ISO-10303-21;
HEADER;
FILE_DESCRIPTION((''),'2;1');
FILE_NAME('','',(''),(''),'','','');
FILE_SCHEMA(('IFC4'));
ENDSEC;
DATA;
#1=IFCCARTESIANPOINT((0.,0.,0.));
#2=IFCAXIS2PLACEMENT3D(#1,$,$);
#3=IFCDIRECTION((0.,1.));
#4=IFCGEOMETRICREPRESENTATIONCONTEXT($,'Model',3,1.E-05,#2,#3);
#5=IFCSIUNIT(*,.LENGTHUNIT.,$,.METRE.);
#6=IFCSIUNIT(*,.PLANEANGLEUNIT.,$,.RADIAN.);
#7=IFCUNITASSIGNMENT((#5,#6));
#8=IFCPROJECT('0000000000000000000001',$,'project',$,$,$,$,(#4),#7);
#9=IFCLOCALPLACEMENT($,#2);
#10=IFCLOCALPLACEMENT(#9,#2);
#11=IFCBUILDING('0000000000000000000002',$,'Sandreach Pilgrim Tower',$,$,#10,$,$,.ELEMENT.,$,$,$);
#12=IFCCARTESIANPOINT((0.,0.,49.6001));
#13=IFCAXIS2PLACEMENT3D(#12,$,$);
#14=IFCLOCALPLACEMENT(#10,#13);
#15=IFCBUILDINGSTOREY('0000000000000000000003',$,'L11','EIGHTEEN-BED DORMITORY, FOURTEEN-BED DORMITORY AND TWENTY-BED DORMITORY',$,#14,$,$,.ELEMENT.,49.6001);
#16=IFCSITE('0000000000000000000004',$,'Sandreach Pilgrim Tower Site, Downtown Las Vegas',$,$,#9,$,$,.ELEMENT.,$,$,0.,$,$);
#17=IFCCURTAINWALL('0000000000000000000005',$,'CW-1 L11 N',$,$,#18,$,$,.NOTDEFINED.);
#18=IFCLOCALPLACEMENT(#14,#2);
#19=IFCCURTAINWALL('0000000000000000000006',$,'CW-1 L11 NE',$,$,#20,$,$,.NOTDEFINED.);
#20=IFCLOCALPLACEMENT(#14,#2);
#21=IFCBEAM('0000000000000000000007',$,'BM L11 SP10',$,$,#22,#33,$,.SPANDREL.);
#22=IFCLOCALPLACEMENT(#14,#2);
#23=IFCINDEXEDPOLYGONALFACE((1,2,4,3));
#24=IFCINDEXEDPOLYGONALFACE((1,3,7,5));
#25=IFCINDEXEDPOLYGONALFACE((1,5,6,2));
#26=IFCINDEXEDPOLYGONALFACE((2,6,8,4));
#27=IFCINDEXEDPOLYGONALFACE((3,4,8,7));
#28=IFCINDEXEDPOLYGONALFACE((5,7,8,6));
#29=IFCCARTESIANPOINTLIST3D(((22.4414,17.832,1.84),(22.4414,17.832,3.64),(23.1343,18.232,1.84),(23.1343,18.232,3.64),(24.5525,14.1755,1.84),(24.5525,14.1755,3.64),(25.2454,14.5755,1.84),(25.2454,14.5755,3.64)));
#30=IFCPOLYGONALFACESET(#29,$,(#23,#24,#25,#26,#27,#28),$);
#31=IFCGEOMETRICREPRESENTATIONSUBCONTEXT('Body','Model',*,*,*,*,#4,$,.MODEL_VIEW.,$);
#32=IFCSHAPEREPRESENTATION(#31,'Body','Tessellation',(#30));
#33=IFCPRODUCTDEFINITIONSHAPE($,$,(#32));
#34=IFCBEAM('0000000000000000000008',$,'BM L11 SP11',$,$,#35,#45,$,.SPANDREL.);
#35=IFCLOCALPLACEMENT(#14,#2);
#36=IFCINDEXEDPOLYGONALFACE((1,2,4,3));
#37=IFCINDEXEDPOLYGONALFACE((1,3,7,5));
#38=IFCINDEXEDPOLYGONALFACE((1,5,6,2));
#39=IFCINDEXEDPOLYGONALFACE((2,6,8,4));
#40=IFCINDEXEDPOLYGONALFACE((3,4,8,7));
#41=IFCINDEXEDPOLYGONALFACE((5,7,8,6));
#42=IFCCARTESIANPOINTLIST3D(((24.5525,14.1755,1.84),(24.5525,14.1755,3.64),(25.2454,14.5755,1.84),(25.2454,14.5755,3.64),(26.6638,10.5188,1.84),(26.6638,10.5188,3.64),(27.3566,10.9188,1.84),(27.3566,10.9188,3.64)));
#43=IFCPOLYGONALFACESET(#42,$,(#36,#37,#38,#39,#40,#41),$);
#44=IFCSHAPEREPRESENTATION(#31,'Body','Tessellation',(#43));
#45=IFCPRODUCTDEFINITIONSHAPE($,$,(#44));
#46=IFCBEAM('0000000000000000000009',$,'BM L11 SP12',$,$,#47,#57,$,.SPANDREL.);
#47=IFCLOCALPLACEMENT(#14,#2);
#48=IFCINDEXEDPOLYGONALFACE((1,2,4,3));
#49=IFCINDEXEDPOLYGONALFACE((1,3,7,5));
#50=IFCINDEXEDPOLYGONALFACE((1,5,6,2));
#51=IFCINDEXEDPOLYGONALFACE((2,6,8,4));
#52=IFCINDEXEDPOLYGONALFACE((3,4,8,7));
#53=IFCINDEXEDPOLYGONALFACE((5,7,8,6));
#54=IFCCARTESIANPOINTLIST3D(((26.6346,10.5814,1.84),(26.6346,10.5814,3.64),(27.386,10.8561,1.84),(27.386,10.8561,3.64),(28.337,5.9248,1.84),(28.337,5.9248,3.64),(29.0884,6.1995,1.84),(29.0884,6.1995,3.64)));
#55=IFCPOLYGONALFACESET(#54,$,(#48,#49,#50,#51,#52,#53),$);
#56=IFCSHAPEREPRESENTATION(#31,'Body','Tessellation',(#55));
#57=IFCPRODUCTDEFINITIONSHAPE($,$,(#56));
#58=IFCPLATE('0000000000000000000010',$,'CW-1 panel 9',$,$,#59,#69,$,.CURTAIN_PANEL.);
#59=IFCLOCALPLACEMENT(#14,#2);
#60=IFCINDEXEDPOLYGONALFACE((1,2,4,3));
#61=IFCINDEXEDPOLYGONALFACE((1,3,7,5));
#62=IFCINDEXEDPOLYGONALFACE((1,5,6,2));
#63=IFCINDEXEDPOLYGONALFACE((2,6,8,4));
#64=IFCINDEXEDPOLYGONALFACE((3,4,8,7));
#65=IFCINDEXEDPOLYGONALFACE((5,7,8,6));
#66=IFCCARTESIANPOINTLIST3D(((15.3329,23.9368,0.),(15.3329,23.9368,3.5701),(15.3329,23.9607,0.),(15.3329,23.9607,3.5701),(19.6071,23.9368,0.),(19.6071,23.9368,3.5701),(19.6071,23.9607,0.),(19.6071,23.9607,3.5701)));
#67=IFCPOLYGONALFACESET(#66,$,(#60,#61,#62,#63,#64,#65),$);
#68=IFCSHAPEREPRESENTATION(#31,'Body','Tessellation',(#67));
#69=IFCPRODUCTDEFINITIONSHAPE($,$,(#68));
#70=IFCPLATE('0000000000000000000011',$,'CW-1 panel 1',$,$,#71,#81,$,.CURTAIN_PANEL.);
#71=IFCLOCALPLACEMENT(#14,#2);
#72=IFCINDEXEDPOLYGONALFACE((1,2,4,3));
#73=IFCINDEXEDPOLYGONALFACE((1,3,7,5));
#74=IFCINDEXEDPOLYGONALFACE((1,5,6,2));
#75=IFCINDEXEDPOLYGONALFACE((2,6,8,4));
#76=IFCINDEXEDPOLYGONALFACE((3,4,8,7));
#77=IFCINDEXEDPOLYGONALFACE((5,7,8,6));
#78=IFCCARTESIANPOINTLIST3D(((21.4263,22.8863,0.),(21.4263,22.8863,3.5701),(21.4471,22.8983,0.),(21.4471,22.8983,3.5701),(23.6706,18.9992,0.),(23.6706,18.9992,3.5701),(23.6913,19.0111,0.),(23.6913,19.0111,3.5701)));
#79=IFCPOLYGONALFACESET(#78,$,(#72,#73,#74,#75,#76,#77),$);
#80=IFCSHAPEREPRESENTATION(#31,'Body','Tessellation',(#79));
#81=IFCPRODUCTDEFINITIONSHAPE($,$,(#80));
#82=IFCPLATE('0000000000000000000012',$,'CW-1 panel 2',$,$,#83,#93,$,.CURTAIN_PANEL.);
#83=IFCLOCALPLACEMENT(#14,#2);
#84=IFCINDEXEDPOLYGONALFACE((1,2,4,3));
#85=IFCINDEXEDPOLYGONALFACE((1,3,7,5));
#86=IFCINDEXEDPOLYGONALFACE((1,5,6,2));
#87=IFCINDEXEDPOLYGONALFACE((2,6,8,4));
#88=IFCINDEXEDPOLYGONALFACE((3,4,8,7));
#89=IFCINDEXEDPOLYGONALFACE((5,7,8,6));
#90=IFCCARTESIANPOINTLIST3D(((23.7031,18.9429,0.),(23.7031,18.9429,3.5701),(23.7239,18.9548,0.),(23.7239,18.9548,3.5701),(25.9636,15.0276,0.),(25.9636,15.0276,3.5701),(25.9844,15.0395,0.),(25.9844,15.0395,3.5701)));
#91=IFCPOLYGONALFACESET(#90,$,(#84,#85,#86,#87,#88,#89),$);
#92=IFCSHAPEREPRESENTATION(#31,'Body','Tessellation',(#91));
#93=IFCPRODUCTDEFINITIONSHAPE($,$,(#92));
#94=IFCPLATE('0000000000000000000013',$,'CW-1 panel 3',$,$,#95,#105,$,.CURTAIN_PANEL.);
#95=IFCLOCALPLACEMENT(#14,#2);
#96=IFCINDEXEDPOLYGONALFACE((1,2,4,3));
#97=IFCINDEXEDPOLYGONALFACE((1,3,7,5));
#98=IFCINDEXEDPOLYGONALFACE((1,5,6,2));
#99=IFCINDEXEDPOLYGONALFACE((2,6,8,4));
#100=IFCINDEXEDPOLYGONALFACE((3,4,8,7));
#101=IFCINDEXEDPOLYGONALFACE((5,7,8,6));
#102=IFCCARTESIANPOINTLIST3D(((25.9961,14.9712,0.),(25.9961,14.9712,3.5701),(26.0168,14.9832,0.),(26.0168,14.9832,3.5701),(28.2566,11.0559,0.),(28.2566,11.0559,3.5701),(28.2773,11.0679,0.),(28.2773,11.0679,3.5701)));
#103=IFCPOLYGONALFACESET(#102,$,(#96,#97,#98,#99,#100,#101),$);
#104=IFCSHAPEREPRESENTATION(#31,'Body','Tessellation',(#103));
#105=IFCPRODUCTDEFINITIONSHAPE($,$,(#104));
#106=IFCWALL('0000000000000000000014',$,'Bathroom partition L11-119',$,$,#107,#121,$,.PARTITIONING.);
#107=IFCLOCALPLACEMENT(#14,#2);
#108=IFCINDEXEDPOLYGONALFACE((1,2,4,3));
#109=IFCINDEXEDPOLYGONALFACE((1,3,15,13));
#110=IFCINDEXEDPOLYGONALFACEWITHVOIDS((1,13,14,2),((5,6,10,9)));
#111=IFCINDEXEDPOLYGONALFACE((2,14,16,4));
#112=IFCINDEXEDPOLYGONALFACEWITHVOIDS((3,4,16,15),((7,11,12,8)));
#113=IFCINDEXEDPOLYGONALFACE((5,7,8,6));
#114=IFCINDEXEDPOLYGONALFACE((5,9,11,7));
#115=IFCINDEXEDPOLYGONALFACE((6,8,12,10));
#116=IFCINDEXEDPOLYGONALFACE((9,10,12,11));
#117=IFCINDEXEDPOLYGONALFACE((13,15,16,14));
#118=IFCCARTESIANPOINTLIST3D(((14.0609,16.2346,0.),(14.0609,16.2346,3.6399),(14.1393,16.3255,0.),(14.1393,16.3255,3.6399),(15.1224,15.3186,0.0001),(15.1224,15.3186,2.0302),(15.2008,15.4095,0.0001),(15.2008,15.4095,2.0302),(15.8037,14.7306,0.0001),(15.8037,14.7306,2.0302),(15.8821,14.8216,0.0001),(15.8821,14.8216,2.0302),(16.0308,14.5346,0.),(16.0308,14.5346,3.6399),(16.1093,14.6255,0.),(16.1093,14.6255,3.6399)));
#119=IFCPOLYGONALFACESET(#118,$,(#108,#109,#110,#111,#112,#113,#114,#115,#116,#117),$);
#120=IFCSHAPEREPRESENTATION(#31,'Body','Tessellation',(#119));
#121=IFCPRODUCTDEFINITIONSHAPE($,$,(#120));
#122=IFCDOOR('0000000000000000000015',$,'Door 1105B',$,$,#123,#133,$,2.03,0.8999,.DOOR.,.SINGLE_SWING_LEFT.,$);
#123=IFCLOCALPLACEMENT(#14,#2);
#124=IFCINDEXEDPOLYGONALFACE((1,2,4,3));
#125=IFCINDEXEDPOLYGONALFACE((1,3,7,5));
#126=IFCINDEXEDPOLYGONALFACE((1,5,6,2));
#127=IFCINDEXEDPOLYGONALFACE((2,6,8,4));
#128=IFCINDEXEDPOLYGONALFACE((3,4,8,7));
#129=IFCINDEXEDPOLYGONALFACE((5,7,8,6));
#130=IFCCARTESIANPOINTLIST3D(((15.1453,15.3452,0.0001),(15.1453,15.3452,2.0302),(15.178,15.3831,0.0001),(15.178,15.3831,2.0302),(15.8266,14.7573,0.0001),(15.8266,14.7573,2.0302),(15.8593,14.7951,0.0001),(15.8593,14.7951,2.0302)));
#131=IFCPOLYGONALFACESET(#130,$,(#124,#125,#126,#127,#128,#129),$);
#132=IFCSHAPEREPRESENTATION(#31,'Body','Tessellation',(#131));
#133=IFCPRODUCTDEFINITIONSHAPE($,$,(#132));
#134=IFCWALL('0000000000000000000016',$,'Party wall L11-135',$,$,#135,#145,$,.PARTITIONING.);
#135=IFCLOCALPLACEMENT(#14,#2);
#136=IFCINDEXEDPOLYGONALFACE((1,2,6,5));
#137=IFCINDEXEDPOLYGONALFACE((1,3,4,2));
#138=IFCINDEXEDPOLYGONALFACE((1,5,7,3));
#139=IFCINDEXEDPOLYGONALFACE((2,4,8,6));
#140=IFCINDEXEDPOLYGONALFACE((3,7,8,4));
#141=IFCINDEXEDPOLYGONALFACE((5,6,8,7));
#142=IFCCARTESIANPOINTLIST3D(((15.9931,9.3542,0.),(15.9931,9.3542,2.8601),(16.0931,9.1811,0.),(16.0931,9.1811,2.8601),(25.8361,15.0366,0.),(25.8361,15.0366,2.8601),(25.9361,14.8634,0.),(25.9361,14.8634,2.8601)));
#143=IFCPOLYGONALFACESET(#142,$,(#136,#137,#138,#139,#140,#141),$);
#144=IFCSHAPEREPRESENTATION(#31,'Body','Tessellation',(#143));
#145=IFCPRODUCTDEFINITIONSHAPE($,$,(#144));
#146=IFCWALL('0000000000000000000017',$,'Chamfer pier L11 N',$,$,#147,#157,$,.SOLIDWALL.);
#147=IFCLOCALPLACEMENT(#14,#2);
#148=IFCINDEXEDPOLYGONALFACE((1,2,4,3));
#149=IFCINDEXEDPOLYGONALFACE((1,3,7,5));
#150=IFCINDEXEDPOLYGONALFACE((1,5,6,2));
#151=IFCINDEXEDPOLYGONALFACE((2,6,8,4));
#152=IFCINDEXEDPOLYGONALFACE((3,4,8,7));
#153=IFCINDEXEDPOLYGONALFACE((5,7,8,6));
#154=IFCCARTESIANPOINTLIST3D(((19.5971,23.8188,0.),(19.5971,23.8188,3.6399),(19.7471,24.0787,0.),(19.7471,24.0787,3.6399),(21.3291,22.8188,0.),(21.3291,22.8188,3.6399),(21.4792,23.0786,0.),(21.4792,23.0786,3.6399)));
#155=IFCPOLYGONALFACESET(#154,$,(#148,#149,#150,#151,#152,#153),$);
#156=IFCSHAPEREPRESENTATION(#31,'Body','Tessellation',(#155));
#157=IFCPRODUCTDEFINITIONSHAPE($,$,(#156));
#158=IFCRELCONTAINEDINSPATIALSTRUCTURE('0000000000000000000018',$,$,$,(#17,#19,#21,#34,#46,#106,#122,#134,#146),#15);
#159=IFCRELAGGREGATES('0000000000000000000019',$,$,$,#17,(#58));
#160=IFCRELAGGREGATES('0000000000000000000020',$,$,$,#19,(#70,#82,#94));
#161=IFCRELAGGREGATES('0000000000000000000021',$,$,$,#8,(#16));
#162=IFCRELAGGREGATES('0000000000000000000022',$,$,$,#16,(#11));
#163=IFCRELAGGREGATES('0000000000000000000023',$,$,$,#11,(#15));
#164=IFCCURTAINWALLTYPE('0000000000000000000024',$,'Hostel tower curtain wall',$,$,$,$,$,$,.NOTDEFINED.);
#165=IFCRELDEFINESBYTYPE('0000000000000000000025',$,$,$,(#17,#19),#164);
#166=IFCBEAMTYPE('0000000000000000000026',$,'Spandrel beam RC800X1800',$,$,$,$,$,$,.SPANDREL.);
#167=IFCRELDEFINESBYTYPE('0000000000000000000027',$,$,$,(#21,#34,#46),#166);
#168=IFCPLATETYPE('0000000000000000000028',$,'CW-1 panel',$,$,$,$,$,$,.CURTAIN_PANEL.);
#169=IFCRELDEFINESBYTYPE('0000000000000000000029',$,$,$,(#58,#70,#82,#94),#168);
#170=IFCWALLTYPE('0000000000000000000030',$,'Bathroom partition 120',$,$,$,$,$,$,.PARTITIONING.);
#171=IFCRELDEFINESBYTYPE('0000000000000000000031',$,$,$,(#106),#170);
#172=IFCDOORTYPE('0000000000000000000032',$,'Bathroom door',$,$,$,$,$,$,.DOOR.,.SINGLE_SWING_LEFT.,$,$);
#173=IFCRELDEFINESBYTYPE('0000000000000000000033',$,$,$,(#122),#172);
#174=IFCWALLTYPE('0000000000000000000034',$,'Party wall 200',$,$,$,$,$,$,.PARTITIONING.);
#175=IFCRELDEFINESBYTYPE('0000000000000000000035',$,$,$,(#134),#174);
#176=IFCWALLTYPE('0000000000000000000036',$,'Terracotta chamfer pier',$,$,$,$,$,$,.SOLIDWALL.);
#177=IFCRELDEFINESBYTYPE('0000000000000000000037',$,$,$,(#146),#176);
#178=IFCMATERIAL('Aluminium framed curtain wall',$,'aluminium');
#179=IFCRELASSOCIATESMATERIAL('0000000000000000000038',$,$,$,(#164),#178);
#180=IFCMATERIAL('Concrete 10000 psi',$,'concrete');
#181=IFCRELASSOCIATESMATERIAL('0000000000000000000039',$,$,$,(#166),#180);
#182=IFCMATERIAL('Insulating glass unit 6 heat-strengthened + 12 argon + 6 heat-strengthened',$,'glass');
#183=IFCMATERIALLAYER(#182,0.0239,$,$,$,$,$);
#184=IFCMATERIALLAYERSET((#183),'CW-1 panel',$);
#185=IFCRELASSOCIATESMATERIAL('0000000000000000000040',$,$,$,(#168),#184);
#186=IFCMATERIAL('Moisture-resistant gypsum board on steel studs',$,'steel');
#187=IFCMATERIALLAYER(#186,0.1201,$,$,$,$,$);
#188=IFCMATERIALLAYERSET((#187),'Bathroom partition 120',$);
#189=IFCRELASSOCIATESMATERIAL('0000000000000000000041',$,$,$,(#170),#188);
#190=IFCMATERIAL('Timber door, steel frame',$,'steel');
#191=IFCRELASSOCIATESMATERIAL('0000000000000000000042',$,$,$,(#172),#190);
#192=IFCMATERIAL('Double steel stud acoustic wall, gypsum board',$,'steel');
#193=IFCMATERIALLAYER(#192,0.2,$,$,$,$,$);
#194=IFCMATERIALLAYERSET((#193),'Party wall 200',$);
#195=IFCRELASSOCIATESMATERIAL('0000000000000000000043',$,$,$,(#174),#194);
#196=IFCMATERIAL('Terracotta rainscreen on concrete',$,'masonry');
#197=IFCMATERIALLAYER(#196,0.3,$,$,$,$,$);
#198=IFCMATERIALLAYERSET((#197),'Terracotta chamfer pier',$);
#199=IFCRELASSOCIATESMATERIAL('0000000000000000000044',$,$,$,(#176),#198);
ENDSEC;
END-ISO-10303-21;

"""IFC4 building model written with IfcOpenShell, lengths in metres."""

from ifc_helpers import new_model, si_unit, direction, frame, frame_2d, origin, origin_2d, place, context, subcontext, project, spatial, rectangle, extrude, material, layer, layer_set, material_profile, profile_set, type_object, element, fill, aggregate, save


model = new_model("IFC4")

# Units and contexts
model_context = context("Model", 3, precision=1e-05, world=origin(), true_north=direction((0.0, 1.0)))
body_context = subcontext(model_context, "Body", "Model", "MODEL_VIEW")
ifc_project = project(units=[si_unit("LENGTHUNIT", "METRE"), si_unit("PLANEANGLEUNIT", "RADIAN")], contexts=[model_context])

# Site, building, storey
site_placement = place(None, origin())
site = spatial("IfcSite", under=ifc_project, at=site_placement, Name="Sandreach Pilgrim Tower Site, Downtown Las Vegas", CompositionType="ELEMENT", RefElevation=0.0)
building_placement = place(site_placement, origin())
building = spatial("IfcBuilding", under=site, at=building_placement, Name="Sandreach Pilgrim Tower", CompositionType="ELEMENT")
storey_placement = place(building_placement, frame((0.0, 0.0, 49.6001)))
storey = spatial("IfcBuildingStorey", under=building, at=storey_placement, Name="L11", Description="EIGHTEEN-BED DORMITORY, FOURTEEN-BED DORMITORY AND TWENTY-BED DORMITORY", CompositionType="ELEMENT", Elevation=49.6001)

# Curtain wall
ifc_material_1 = material(Name="Aluminium framed curtain wall", Category="aluminium")
curtain_wall_type = type_object("IfcCurtainWallType", Name="Hostel tower curtain wall", PredefinedType="NOTDEFINED", material=ifc_material_1)
curtain_wall_1_placement = place(storey_placement, origin())
curtain_wall_1 = element("IfcCurtainWall", 1, at=curtain_wall_1_placement, inside=storey, type_object=curtain_wall_type, Name="CW-1 L11 N", PredefinedType="NOTDEFINED")

# Curtain wall
curtain_wall_2_placement = place(storey_placement, origin())
curtain_wall_2 = element("IfcCurtainWall", 2, at=curtain_wall_2_placement, inside=storey, type_object=curtain_wall_type, Name="CW-1 L11 NE", PredefinedType="NOTDEFINED")

# Beams
ifc_material_2 = material(Name="Concrete 10000 psi", Category="concrete")
ifc_material_profile_1 = material_profile(ifc_material_2, rectangle(XDim=0.8, YDim=1.8, at=origin_2d()), Name="RC800X1800")
ifc_profile_set_1 = profile_set([ifc_material_profile_1], Name="Concrete 10000 psi")
beam_type_1 = type_object("IfcBeamType", Name="Spandrel beam RC800X1800", PredefinedType="SPANDREL", material=ifc_profile_set_1)
beam_1_placement = place(storey_placement, frame((22.7878, 18.032, 2.74), z_axis=(0.500001, -0.866025, 0.0), x_axis=(0.866025, 0.500001, 0.0)))
element("IfcBeam", 3, at=beam_1_placement, inside=storey, type_object=beam_type_1, Name="BM L11 SP10", PredefinedType="SPANDREL", context=body_context, shape_type="SweptSolid", body=[
    extrude(rectangle(XDim=0.8, YDim=1.8, at=origin_2d()), origin(), (0.0, 0.0, 1.0), 4.2222),
])
beam_2_placement = place(storey_placement, frame((24.8989, 14.3755, 2.74), z_axis=(0.500019, -0.866014, 0.0), x_axis=(0.866014, 0.500019, 0.0)))
element("IfcBeam", 4, at=beam_2_placement, inside=storey, type_object=beam_type_1, Name="BM L11 SP11", PredefinedType="SPANDREL", context=body_context, shape_type="SweptSolid", body=[
    extrude(rectangle(XDim=0.8, YDim=1.8, at=origin_2d()), origin(), (0.0, 0.0, 1.0), 4.2224),
])
beam_3_placement = place(storey_placement, frame((27.0103, 10.7188, 2.74), z_axis=(0.343368, -0.939201, 0.0), x_axis=(0.939201, 0.343368, 0.0)))
element("IfcBeam", 5, at=beam_3_placement, inside=storey, type_object=beam_type_1, Name="BM L11 SP12", PredefinedType="SPANDREL", context=body_context, shape_type="SweptSolid", body=[
    extrude(rectangle(XDim=0.8, YDim=1.8, at=origin_2d()), origin(), (0.0, 0.0, 1.0), 4.958),
])

# Plates
ifc_material_3 = material(Name="Insulating glass unit 6 heat-strengthened + 12 argon + 6 heat-strengthened", Category="glass")
ifc_layer_1 = layer(ifc_material_3, 0.0239)
ifc_layer_set_1 = layer_set([ifc_layer_1], Name="CW-1 panel")
plate_type = type_object("IfcPlateType", Name="CW-1 panel", PredefinedType="CURTAIN_PANEL", material=ifc_layer_set_1)
plate_1_placement = place(storey_placement, frame((17.47, 23.9487, 0.0), z_axis=(0.0, 0.0, 1.0), x_axis=(1.0, 0.0, 0.0)))
plate_1 = element("IfcPlate", 6, at=plate_1_placement, type_object=plate_type, Name="CW-1 panel 9", PredefinedType="CURTAIN_PANEL", context=body_context, shape_type="SweptSolid", body=[
    extrude(rectangle(XDim=4.2742, YDim=0.0239, at=origin_2d()), origin(), (0.0, 0.0, 1.0), 3.5701),
])
aggregate(curtain_wall_1, [plate_1])
plate_2_placement = place(storey_placement, frame((22.5588, 20.9487, 0.0), z_axis=(0.0, 0.0, 1.0), x_axis=(0.5, -0.866025, 0.0)))
plate_2 = element("IfcPlate", 7, at=plate_2_placement, type_object=plate_type, Name="CW-1 panel 1", PredefinedType="CURTAIN_PANEL", context=body_context, shape_type="SweptSolid", body=[
    extrude(rectangle(XDim=4.4885, YDim=0.0239, at=origin_2d()), origin(), (0.0, 0.0, 1.0), 3.5701),
])
plate_3_placement = place(storey_placement, frame((24.8438, 16.9912, 0.0), z_axis=(0.0, 0.0, 1.0), x_axis=(0.5, -0.866025, 0.0)))
plate_3 = element("IfcPlate", 8, at=plate_3_placement, type_object=plate_type, Name="CW-1 panel 2", PredefinedType="CURTAIN_PANEL", context=body_context, shape_type="SweptSolid", body=[
    extrude(rectangle(XDim=4.521, YDim=0.0239, at=origin_2d()), origin(), (0.0, 0.0, 1.0), 3.5701),
])
plate_4_placement = place(storey_placement, frame((27.1367, 13.0195, 0.0), z_axis=(0.0, 0.0, 1.0), x_axis=(0.5, -0.866025, 0.0)))
plate_4 = element("IfcPlate", 9, at=plate_4_placement, type_object=plate_type, Name="CW-1 panel 3", PredefinedType="CURTAIN_PANEL", context=body_context, shape_type="SweptSolid", body=[
    extrude(rectangle(XDim=4.521, YDim=0.0239, at=origin_2d()), origin(), (0.0, 0.0, 1.0), 3.5701),
])
aggregate(curtain_wall_2, [plate_2, plate_3, plate_4])

# Wall, opening, door
ifc_material_4 = material(Name="Moisture-resistant gypsum board on steel studs", Category="steel")
ifc_layer_2 = layer(ifc_material_4, 0.1201)
ifc_layer_set_2 = layer_set([ifc_layer_2], Name="Bathroom partition 120")
wall_type_1 = type_object("IfcWallType", Name="Bathroom partition 120", PredefinedType="PARTITIONING", material=ifc_layer_set_2)
wall_1_placement = place(storey_placement, frame((16.0701, 14.5801, 0.0), z_axis=(0.0, 0.0, 1.0), x_axis=(-0.757087, 0.653314, 0.0)))
wall_1 = element("IfcWall", 10, at=wall_1_placement, inside=storey, type_object=wall_type_1, Name="Bathroom partition L11-119", PredefinedType="PARTITIONING", context=body_context, shape_type="SweptSolid", body=[
    extrude(rectangle(XDim=2.6021, YDim=0.1201, at=frame_2d((1.301, 0.0))), origin(), (0.0, 0.0, 1.0), 3.6399),
])
opening_placement = place(wall_1_placement, frame((0.3, 0.0, 0.0)))
opening = element("IfcOpeningElement", 11, at=opening_placement, cuts=wall_1, PredefinedType="OPENING", context=body_context, shape_type="SweptSolid", body=[
    extrude(rectangle(XDim=0.8999, YDim=2.03, at=frame_2d((0.45, 1.0151))), frame((0.0, 0.0601, 0.0), z_axis=(0.0, -1.0, 0.0), x_axis=(1.0, 0.0, 0.0)), (0.0, 0.0, 1.0), 0.1201),
])
ifc_material_5 = material(Name="Timber door, steel frame", Category="steel")
door_type = type_object("IfcDoorType", Name="Bathroom door", OperationType="SINGLE_SWING_LEFT", PredefinedType="DOOR", material=ifc_material_5)
door_placement = place(opening_placement, origin())
door = element("IfcDoor", 12, at=door_placement, inside=storey, type_object=door_type, Name="Door 1105B", OperationType="SINGLE_SWING_LEFT", OverallHeight=2.03, OverallWidth=0.8999, PredefinedType="DOOR", context=body_context, shape_type="SweptSolid", body=[
    extrude(rectangle(XDim=0.8999, YDim=2.03, at=frame_2d((0.45, 1.0151))), frame((0.0, 0.0249, 0.0), z_axis=(0.0, -1.0, 0.0), x_axis=(1.0, 0.0, 0.0)), (0.0, 0.0, 1.0), 0.05),
])
fill(opening, door)

# Walls
ifc_material_6 = material(Name="Double steel stud acoustic wall, gypsum board", Category="steel")
ifc_layer_3 = layer(ifc_material_6, 0.2)
ifc_layer_set_3 = layer_set([ifc_layer_3], Name="Party wall 200")
wall_type_2 = type_object("IfcWallType", Name="Party wall 200", PredefinedType="PARTITIONING", material=ifc_layer_set_3)
wall_2_placement = place(storey_placement, frame((25.886, 14.95, 0.0), z_axis=(0.0, 0.0, 1.0), x_axis=(-0.866044, -0.499967, 0.0)))
element("IfcWall", 13, at=wall_2_placement, inside=storey, type_object=wall_type_2, Name="Party wall L11-135", PredefinedType="PARTITIONING", context=body_context, shape_type="SweptSolid", body=[
    extrude(rectangle(XDim=11.3655, YDim=0.2, at=frame_2d((5.6826, 0.0))), origin(), (0.0, 0.0, 1.0), 2.8601),
])
ifc_material_7 = material(Name="Terracotta rainscreen on concrete", Category="masonry")
ifc_layer_4 = layer(ifc_material_7, 0.3)
ifc_layer_set_4 = layer_set([ifc_layer_4], Name="Terracotta chamfer pier")
wall_type_3 = type_object("IfcWallType", Name="Terracotta chamfer pier", PredefinedType="SOLIDWALL", material=ifc_layer_set_4)
wall_3_placement = place(storey_placement, frame((19.6721, 23.9487, 0.0), z_axis=(0.0, 0.0, 1.0), x_axis=(0.866011, -0.500025, 0.0)))
element("IfcWall", 14, at=wall_3_placement, inside=storey, type_object=wall_type_3, Name="Chamfer pier L11 N", PredefinedType="SOLIDWALL", context=body_context, shape_type="SweptSolid", body=[
    extrude(rectangle(XDim=2.0, YDim=0.3, at=frame_2d((1.0, 0.0))), origin(), (0.0, 0.0, 1.0), 3.6399),
])

save(model, "model.ifc")
